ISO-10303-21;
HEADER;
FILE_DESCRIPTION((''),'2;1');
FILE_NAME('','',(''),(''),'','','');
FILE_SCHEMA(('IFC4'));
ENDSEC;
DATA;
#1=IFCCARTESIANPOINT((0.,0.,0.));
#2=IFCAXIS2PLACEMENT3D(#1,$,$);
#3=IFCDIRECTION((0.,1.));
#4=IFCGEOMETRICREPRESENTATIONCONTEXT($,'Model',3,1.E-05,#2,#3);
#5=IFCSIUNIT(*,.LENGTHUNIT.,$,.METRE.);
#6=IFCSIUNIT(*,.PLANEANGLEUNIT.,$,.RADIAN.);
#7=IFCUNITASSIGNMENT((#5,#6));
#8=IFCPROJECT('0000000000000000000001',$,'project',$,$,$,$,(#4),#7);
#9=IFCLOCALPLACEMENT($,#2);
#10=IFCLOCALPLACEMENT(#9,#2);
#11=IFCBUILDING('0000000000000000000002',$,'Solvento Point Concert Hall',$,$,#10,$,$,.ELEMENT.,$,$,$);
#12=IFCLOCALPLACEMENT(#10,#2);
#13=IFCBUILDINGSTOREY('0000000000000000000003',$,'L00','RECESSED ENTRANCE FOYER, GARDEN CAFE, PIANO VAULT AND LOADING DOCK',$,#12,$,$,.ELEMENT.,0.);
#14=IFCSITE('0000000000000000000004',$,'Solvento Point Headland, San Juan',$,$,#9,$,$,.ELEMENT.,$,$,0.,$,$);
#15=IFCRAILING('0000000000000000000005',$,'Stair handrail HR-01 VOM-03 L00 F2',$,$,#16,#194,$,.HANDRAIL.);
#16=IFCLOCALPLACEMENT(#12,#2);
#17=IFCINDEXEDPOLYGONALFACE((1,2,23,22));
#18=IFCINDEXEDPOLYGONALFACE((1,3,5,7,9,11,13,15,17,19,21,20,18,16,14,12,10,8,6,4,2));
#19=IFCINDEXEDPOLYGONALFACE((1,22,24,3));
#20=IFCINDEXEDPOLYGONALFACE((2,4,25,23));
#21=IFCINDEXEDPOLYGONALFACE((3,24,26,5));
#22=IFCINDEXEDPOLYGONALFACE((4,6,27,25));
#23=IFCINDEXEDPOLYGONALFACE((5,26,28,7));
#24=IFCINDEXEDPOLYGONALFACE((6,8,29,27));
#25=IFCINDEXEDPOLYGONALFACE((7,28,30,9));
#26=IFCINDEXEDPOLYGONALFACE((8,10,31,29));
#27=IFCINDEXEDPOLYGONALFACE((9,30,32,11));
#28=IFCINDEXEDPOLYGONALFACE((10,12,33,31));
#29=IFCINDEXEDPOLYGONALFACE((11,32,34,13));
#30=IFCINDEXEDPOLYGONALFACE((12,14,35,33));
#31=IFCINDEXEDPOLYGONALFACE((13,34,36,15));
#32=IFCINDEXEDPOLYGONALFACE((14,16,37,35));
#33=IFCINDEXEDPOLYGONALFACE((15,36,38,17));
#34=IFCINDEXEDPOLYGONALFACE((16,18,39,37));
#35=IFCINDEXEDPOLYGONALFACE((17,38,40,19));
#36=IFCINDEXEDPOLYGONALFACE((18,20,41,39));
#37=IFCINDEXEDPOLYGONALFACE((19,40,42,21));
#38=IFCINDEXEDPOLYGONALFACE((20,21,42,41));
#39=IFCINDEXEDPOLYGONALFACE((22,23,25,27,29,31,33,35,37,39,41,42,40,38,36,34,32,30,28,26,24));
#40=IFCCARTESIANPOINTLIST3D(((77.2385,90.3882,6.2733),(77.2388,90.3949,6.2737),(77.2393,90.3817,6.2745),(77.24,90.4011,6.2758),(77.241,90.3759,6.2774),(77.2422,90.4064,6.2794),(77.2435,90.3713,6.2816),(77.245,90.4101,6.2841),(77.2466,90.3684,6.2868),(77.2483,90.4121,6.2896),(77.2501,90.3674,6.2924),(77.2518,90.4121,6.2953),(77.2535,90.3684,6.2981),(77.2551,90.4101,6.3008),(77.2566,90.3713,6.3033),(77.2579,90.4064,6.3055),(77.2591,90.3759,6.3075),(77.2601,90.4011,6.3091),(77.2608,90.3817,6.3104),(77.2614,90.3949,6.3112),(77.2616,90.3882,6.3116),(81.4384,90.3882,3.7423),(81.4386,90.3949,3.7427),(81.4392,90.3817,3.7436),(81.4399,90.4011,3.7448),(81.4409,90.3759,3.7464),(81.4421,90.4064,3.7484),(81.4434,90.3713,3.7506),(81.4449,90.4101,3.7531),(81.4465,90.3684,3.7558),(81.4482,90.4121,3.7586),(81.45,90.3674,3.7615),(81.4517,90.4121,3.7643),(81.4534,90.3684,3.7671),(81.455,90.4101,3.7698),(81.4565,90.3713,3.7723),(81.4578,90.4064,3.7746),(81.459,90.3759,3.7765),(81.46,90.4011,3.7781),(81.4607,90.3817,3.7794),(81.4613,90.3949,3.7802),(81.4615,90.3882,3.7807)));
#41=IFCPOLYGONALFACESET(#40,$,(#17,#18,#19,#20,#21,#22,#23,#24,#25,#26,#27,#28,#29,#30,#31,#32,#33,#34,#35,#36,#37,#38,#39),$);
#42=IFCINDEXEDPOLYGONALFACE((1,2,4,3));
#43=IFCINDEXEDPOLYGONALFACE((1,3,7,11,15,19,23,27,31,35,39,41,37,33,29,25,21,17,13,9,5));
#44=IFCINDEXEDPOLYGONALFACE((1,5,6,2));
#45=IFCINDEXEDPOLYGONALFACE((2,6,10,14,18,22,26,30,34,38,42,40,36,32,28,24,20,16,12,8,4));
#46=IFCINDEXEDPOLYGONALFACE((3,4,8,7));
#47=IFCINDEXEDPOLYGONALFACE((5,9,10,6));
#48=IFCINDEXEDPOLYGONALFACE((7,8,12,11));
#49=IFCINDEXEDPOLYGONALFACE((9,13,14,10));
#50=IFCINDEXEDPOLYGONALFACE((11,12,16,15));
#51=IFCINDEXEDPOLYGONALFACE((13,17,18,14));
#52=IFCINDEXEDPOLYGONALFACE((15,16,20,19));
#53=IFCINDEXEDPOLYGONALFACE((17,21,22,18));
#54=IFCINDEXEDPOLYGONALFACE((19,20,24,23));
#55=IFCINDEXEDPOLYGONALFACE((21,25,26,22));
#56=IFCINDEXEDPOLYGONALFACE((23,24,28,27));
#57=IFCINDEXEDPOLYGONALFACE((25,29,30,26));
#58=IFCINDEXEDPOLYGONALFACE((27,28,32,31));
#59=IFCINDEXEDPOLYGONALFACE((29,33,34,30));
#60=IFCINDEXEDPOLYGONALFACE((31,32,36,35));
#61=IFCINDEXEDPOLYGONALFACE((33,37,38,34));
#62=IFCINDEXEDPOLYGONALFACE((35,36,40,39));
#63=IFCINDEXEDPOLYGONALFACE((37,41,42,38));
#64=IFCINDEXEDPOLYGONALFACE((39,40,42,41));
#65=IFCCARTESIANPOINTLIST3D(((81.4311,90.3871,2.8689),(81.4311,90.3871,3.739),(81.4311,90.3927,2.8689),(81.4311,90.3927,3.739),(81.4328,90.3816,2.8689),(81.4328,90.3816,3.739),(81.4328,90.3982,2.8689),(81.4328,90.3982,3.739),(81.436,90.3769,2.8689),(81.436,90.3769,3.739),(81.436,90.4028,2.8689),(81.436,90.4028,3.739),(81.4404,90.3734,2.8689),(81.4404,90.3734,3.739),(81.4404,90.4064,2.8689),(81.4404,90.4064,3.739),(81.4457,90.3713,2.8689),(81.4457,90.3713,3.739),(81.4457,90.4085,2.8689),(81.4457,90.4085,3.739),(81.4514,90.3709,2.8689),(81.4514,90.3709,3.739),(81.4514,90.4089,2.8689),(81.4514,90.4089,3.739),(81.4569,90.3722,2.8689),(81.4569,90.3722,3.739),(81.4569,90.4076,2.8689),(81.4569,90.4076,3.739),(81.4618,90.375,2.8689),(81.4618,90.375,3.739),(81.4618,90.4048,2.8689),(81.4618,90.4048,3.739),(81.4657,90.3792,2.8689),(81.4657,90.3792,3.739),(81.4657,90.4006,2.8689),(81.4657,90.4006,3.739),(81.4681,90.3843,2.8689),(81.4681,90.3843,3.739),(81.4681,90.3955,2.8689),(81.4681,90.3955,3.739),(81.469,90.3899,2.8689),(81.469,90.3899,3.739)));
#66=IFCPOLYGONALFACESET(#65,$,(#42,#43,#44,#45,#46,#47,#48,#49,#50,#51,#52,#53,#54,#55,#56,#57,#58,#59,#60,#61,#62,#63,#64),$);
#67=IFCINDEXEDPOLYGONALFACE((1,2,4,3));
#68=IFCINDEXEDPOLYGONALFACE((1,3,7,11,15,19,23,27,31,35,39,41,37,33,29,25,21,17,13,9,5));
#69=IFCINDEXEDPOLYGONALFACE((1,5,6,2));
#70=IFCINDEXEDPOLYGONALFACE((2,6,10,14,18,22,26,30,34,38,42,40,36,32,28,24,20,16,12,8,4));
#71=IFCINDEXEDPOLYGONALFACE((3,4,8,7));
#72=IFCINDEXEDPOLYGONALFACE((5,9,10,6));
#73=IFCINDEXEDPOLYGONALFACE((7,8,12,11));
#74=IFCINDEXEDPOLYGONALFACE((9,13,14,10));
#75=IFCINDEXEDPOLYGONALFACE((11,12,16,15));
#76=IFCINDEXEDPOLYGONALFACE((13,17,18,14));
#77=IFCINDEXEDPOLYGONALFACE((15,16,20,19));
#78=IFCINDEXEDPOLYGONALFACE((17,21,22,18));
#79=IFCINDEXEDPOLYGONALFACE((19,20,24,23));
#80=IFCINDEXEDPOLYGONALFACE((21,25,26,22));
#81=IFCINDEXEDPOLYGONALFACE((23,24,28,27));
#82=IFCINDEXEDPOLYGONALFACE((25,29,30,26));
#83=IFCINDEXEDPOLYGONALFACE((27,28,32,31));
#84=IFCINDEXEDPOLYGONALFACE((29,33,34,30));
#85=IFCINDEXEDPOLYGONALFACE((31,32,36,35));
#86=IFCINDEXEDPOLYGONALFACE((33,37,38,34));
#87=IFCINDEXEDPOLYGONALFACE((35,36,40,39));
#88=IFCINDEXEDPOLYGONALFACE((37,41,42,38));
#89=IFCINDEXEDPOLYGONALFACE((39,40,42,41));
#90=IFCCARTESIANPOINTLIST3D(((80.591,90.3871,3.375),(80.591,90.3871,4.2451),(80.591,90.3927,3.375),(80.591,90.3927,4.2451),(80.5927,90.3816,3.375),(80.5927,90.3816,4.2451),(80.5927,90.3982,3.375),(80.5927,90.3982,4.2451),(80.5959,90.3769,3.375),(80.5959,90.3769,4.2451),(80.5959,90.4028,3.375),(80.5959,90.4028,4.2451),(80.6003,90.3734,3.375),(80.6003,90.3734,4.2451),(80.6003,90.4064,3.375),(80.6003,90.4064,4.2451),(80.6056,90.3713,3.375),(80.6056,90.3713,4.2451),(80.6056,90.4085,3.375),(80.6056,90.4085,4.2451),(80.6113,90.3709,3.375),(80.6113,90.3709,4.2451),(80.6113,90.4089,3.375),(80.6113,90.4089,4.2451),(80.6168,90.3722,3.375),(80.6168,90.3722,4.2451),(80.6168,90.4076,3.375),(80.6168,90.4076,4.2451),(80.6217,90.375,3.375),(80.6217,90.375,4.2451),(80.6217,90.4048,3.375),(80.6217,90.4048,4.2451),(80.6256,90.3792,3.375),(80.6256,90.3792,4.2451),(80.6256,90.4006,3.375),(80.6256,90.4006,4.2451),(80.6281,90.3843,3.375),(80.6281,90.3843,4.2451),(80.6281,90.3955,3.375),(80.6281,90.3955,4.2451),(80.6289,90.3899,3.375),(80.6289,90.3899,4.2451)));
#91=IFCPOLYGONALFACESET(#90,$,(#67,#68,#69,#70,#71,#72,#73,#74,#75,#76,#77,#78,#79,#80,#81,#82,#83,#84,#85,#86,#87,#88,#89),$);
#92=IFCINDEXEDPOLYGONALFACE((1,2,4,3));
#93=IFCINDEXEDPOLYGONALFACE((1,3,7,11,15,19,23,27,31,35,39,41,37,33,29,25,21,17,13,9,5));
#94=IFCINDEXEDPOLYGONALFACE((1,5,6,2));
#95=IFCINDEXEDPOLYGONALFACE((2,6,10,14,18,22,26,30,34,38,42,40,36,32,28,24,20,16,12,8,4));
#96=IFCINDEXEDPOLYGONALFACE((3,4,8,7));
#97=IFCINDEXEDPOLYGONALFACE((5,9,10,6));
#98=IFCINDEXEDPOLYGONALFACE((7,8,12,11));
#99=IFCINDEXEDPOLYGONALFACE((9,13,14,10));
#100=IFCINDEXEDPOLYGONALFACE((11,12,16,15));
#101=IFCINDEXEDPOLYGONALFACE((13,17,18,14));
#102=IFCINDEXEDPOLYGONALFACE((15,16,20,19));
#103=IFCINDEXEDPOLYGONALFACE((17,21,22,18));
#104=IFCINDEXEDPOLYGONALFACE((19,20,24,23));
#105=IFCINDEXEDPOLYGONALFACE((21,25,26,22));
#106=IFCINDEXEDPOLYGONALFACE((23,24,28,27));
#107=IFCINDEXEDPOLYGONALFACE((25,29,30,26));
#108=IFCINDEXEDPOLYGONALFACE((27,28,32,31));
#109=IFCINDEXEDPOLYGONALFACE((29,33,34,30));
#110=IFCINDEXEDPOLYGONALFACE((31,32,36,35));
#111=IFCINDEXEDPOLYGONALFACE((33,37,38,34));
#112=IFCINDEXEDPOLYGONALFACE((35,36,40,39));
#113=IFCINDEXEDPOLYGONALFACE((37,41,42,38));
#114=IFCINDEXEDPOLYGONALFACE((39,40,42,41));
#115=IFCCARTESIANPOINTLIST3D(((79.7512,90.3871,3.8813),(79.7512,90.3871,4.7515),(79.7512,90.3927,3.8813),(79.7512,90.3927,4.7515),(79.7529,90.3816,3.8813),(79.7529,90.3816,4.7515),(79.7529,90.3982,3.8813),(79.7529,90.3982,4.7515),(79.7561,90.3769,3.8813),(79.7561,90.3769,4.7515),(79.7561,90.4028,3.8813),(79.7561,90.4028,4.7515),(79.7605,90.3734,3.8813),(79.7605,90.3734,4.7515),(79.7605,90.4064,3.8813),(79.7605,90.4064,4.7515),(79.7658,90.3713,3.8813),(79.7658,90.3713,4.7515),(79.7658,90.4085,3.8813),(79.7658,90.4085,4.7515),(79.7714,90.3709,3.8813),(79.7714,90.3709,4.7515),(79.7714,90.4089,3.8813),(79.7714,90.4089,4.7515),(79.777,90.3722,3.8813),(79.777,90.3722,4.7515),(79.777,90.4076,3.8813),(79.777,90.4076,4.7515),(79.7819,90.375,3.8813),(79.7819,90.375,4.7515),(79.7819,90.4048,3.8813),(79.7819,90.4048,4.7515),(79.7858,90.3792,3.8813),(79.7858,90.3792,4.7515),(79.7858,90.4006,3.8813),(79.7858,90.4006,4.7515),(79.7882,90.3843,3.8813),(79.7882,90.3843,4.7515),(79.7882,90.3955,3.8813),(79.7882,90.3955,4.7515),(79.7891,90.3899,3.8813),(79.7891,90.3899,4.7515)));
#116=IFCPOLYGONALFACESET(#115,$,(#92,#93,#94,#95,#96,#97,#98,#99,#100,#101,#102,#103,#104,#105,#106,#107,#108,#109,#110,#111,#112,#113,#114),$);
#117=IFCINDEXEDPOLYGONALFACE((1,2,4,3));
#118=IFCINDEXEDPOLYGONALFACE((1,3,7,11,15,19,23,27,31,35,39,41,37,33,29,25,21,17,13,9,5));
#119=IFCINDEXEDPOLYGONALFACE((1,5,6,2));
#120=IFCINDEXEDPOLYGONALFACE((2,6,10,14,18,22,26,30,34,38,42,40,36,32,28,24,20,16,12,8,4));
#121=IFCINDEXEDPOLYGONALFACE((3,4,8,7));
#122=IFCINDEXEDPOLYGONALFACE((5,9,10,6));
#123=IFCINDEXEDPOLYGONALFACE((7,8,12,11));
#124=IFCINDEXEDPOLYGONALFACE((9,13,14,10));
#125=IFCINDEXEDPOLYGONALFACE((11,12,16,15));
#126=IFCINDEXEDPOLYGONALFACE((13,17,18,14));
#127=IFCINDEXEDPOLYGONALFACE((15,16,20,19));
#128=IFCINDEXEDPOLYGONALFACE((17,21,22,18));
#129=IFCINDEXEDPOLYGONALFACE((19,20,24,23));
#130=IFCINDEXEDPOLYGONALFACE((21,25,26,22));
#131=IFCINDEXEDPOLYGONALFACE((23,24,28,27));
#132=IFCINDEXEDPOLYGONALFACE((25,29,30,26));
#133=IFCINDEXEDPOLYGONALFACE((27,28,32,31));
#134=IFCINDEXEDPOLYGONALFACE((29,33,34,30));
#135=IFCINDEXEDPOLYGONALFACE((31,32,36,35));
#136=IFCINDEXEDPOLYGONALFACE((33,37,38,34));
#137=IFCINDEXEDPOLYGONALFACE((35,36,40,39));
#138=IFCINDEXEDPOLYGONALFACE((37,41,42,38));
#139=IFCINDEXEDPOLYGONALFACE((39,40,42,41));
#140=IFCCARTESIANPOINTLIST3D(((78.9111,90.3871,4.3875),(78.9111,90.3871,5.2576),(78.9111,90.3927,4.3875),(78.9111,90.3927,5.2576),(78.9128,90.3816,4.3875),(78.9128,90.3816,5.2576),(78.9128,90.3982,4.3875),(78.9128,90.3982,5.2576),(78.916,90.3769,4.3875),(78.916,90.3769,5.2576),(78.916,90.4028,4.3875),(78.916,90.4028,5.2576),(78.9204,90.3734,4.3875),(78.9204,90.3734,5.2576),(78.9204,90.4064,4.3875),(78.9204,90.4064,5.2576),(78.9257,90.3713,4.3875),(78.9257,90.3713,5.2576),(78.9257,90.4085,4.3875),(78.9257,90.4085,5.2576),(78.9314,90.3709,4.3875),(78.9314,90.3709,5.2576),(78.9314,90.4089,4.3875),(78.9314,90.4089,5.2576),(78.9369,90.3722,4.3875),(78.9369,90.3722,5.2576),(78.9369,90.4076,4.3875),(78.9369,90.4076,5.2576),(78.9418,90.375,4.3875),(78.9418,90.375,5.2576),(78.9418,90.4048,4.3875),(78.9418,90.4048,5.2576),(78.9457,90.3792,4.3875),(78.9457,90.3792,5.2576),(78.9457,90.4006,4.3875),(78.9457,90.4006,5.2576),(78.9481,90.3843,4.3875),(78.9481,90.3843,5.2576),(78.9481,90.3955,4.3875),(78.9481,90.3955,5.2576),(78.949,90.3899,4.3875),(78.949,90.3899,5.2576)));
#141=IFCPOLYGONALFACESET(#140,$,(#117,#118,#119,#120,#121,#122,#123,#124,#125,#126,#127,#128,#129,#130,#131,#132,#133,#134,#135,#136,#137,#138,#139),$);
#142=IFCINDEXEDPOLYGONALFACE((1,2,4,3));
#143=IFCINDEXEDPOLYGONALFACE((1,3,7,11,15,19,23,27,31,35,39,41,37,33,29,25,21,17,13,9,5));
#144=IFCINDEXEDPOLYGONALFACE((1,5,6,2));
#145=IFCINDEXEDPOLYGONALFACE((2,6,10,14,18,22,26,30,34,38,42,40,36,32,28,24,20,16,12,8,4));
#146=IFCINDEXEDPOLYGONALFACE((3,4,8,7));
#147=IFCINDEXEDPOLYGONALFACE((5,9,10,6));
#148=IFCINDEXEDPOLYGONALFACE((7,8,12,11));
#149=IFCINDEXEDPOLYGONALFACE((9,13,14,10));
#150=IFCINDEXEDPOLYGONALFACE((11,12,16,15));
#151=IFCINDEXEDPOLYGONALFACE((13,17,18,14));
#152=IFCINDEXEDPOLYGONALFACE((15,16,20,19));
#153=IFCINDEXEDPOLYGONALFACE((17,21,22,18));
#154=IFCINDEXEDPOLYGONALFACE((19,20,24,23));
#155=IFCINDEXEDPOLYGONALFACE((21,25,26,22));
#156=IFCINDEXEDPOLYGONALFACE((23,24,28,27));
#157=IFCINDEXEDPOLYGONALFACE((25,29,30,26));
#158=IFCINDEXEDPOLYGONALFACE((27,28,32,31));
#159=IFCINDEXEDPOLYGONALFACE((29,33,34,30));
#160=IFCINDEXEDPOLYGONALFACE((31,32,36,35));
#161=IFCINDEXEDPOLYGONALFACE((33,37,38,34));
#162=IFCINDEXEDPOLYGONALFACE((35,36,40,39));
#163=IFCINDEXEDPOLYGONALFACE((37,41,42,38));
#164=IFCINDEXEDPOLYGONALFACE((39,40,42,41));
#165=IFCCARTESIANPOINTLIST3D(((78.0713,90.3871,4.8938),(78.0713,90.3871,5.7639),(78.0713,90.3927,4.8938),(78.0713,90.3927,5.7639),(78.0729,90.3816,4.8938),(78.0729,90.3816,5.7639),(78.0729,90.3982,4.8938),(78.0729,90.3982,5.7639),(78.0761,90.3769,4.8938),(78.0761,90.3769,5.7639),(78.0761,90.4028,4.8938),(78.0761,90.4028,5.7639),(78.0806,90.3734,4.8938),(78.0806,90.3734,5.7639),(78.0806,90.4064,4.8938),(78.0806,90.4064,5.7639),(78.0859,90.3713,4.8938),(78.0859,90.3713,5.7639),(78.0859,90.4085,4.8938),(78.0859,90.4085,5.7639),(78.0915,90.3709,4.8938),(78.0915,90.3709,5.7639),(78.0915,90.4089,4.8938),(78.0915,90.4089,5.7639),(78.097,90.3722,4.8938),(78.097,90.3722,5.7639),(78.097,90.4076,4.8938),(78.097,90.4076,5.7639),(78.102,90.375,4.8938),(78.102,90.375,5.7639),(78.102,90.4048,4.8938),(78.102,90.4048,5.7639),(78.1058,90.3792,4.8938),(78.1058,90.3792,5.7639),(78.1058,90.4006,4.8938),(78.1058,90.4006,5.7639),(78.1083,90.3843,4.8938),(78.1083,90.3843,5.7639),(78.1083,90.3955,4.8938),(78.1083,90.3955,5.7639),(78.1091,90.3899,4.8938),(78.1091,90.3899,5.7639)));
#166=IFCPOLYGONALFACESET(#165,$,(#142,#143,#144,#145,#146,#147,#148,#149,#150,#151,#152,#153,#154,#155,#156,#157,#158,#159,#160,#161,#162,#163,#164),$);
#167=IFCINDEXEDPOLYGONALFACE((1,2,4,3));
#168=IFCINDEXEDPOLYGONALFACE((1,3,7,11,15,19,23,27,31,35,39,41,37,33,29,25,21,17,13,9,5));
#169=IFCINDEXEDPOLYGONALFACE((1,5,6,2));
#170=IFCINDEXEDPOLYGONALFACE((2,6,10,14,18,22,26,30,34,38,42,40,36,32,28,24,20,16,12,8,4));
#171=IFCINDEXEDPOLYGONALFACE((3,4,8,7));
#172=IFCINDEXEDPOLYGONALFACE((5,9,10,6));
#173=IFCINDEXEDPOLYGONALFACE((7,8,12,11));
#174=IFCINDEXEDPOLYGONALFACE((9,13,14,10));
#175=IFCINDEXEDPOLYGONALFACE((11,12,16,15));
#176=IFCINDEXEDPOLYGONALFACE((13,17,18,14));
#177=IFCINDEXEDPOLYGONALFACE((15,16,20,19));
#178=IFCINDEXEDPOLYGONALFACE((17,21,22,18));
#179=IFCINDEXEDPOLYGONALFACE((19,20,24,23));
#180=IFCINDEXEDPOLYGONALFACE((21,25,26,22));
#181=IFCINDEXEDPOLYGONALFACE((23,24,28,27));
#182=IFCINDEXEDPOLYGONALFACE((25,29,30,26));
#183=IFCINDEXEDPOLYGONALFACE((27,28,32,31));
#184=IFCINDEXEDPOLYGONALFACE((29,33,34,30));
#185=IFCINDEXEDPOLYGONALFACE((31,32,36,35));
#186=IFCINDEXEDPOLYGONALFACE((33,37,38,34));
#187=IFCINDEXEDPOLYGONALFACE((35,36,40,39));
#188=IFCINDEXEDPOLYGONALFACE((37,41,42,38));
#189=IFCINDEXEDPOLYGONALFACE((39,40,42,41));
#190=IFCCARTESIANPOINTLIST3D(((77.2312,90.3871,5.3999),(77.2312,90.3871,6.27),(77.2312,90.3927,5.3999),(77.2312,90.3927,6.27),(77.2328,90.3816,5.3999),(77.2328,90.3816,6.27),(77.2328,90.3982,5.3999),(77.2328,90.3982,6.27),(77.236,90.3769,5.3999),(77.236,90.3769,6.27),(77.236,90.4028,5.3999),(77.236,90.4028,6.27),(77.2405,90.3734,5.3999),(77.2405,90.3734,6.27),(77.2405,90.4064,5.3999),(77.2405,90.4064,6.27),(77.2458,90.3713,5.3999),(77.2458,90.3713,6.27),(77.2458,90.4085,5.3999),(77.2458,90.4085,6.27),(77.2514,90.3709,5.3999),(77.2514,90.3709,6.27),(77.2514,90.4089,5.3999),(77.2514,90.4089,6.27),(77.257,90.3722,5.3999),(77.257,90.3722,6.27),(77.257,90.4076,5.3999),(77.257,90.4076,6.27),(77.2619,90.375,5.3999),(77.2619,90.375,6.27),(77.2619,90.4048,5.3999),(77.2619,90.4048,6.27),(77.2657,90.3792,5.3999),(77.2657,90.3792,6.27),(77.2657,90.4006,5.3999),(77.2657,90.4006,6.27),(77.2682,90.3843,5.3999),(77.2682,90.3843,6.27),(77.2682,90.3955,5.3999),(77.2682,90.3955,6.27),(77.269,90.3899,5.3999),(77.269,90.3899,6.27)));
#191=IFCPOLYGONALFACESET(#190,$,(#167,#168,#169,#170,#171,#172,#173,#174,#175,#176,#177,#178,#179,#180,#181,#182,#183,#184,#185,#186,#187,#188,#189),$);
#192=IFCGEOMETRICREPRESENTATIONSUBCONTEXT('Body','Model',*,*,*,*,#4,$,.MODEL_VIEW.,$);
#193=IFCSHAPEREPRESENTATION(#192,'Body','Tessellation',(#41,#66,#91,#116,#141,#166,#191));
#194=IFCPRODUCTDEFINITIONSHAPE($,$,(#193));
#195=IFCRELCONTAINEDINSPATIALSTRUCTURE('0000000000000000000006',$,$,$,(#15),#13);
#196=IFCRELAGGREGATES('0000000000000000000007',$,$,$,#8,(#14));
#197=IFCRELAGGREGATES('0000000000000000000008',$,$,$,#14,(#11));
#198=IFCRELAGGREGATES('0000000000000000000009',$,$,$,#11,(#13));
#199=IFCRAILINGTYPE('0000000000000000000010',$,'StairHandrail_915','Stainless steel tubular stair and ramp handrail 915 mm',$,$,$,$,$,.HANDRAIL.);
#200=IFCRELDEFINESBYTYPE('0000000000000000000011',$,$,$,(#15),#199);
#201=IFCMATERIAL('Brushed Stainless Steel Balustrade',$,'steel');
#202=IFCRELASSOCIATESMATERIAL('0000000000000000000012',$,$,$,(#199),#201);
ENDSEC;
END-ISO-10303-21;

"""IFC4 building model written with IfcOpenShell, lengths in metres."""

from ifc_helpers import new_model, si_unit, direction, frame, origin, origin_2d, place, context, subcontext, project, spatial, circle, extrude, material, type_object, element, save


model = new_model("IFC4")

# Units and contexts
model_context = context("Model", 3, precision=1e-05, world=origin(), true_north=direction((0.0, 1.0)))
body_context = subcontext(model_context, "Body", "Model", "MODEL_VIEW")
ifc_project = project(units=[si_unit("LENGTHUNIT", "METRE"), si_unit("PLANEANGLEUNIT", "RADIAN")], contexts=[model_context])

# Site, building, storey
site_placement = place(None, origin())
site = spatial("IfcSite", under=ifc_project, at=site_placement, Name="Solvento Point Headland, San Juan", CompositionType="ELEMENT", RefElevation=0.0)
building_placement = place(site_placement, origin())
building = spatial("IfcBuilding", under=site, at=building_placement, Name="Solvento Point Concert Hall", CompositionType="ELEMENT")
storey_placement = place(building_placement, origin())
storey = spatial("IfcBuildingStorey", under=building, at=storey_placement, Name="L00", Description="RECESSED ENTRANCE FOYER, GARDEN CAFE, PIANO VAULT AND LOADING DOCK", CompositionType="ELEMENT", Elevation=0.0)

# Railing
ifc_material_1 = material(Name="Brushed Stainless Steel Balustrade", Category="steel")
railing_type_1 = type_object("IfcRailingType", Name="StairHandrail_915", Description="Stainless steel tubular stair and ramp handrail 915 mm", PredefinedType="HANDRAIL", material=ifc_material_1)
railing_1_placement = place(storey_placement, frame((81.45, 90.3899, 2.8689)))
element("IfcRailing", 1, at=railing_1_placement, inside=storey, type_object=railing_type_1, Name="Stair handrail HR-01 VOM-03 L00 F2", PredefinedType="HANDRAIL", context=body_context, shape_type="SweptSolid", body=[
    extrude(circle(Radius=0.0225, at=origin_2d()), frame((0.0, 0.0, 0.8926), z_axis=(-0.856499, 0.0, 0.51615), x_axis=(0.0, -1.0, 0.0)), (0.0, 0.0, 1.0), 4.9036),
    extrude(circle(Radius=0.019, at=origin_2d()), origin(), (0.0, 0.0, 1.0), 0.8701),
    extrude(circle(Radius=0.019, at=origin_2d()), frame((-0.8401, 0.0, 0.5061)), (0.0, 0.0, 1.0), 0.8701),
    extrude(circle(Radius=0.019, at=origin_2d()), frame((-1.6799, 0.0, 1.0125)), (0.0, 0.0, 1.0), 0.8701),
    extrude(circle(Radius=0.019, at=origin_2d()), frame((-2.52, 0.0, 1.5186)), (0.0, 0.0, 1.0), 0.8701),
    extrude(circle(Radius=0.019, at=origin_2d()), frame((-3.3599, 0.0, 2.0249)), (0.0, 0.0, 1.0), 0.8701),
    extrude(circle(Radius=0.019, at=origin_2d()), frame((-4.2, 0.0, 2.531)), (0.0, 0.0, 1.0), 0.8701),
])

save(model, "model.ifc")
